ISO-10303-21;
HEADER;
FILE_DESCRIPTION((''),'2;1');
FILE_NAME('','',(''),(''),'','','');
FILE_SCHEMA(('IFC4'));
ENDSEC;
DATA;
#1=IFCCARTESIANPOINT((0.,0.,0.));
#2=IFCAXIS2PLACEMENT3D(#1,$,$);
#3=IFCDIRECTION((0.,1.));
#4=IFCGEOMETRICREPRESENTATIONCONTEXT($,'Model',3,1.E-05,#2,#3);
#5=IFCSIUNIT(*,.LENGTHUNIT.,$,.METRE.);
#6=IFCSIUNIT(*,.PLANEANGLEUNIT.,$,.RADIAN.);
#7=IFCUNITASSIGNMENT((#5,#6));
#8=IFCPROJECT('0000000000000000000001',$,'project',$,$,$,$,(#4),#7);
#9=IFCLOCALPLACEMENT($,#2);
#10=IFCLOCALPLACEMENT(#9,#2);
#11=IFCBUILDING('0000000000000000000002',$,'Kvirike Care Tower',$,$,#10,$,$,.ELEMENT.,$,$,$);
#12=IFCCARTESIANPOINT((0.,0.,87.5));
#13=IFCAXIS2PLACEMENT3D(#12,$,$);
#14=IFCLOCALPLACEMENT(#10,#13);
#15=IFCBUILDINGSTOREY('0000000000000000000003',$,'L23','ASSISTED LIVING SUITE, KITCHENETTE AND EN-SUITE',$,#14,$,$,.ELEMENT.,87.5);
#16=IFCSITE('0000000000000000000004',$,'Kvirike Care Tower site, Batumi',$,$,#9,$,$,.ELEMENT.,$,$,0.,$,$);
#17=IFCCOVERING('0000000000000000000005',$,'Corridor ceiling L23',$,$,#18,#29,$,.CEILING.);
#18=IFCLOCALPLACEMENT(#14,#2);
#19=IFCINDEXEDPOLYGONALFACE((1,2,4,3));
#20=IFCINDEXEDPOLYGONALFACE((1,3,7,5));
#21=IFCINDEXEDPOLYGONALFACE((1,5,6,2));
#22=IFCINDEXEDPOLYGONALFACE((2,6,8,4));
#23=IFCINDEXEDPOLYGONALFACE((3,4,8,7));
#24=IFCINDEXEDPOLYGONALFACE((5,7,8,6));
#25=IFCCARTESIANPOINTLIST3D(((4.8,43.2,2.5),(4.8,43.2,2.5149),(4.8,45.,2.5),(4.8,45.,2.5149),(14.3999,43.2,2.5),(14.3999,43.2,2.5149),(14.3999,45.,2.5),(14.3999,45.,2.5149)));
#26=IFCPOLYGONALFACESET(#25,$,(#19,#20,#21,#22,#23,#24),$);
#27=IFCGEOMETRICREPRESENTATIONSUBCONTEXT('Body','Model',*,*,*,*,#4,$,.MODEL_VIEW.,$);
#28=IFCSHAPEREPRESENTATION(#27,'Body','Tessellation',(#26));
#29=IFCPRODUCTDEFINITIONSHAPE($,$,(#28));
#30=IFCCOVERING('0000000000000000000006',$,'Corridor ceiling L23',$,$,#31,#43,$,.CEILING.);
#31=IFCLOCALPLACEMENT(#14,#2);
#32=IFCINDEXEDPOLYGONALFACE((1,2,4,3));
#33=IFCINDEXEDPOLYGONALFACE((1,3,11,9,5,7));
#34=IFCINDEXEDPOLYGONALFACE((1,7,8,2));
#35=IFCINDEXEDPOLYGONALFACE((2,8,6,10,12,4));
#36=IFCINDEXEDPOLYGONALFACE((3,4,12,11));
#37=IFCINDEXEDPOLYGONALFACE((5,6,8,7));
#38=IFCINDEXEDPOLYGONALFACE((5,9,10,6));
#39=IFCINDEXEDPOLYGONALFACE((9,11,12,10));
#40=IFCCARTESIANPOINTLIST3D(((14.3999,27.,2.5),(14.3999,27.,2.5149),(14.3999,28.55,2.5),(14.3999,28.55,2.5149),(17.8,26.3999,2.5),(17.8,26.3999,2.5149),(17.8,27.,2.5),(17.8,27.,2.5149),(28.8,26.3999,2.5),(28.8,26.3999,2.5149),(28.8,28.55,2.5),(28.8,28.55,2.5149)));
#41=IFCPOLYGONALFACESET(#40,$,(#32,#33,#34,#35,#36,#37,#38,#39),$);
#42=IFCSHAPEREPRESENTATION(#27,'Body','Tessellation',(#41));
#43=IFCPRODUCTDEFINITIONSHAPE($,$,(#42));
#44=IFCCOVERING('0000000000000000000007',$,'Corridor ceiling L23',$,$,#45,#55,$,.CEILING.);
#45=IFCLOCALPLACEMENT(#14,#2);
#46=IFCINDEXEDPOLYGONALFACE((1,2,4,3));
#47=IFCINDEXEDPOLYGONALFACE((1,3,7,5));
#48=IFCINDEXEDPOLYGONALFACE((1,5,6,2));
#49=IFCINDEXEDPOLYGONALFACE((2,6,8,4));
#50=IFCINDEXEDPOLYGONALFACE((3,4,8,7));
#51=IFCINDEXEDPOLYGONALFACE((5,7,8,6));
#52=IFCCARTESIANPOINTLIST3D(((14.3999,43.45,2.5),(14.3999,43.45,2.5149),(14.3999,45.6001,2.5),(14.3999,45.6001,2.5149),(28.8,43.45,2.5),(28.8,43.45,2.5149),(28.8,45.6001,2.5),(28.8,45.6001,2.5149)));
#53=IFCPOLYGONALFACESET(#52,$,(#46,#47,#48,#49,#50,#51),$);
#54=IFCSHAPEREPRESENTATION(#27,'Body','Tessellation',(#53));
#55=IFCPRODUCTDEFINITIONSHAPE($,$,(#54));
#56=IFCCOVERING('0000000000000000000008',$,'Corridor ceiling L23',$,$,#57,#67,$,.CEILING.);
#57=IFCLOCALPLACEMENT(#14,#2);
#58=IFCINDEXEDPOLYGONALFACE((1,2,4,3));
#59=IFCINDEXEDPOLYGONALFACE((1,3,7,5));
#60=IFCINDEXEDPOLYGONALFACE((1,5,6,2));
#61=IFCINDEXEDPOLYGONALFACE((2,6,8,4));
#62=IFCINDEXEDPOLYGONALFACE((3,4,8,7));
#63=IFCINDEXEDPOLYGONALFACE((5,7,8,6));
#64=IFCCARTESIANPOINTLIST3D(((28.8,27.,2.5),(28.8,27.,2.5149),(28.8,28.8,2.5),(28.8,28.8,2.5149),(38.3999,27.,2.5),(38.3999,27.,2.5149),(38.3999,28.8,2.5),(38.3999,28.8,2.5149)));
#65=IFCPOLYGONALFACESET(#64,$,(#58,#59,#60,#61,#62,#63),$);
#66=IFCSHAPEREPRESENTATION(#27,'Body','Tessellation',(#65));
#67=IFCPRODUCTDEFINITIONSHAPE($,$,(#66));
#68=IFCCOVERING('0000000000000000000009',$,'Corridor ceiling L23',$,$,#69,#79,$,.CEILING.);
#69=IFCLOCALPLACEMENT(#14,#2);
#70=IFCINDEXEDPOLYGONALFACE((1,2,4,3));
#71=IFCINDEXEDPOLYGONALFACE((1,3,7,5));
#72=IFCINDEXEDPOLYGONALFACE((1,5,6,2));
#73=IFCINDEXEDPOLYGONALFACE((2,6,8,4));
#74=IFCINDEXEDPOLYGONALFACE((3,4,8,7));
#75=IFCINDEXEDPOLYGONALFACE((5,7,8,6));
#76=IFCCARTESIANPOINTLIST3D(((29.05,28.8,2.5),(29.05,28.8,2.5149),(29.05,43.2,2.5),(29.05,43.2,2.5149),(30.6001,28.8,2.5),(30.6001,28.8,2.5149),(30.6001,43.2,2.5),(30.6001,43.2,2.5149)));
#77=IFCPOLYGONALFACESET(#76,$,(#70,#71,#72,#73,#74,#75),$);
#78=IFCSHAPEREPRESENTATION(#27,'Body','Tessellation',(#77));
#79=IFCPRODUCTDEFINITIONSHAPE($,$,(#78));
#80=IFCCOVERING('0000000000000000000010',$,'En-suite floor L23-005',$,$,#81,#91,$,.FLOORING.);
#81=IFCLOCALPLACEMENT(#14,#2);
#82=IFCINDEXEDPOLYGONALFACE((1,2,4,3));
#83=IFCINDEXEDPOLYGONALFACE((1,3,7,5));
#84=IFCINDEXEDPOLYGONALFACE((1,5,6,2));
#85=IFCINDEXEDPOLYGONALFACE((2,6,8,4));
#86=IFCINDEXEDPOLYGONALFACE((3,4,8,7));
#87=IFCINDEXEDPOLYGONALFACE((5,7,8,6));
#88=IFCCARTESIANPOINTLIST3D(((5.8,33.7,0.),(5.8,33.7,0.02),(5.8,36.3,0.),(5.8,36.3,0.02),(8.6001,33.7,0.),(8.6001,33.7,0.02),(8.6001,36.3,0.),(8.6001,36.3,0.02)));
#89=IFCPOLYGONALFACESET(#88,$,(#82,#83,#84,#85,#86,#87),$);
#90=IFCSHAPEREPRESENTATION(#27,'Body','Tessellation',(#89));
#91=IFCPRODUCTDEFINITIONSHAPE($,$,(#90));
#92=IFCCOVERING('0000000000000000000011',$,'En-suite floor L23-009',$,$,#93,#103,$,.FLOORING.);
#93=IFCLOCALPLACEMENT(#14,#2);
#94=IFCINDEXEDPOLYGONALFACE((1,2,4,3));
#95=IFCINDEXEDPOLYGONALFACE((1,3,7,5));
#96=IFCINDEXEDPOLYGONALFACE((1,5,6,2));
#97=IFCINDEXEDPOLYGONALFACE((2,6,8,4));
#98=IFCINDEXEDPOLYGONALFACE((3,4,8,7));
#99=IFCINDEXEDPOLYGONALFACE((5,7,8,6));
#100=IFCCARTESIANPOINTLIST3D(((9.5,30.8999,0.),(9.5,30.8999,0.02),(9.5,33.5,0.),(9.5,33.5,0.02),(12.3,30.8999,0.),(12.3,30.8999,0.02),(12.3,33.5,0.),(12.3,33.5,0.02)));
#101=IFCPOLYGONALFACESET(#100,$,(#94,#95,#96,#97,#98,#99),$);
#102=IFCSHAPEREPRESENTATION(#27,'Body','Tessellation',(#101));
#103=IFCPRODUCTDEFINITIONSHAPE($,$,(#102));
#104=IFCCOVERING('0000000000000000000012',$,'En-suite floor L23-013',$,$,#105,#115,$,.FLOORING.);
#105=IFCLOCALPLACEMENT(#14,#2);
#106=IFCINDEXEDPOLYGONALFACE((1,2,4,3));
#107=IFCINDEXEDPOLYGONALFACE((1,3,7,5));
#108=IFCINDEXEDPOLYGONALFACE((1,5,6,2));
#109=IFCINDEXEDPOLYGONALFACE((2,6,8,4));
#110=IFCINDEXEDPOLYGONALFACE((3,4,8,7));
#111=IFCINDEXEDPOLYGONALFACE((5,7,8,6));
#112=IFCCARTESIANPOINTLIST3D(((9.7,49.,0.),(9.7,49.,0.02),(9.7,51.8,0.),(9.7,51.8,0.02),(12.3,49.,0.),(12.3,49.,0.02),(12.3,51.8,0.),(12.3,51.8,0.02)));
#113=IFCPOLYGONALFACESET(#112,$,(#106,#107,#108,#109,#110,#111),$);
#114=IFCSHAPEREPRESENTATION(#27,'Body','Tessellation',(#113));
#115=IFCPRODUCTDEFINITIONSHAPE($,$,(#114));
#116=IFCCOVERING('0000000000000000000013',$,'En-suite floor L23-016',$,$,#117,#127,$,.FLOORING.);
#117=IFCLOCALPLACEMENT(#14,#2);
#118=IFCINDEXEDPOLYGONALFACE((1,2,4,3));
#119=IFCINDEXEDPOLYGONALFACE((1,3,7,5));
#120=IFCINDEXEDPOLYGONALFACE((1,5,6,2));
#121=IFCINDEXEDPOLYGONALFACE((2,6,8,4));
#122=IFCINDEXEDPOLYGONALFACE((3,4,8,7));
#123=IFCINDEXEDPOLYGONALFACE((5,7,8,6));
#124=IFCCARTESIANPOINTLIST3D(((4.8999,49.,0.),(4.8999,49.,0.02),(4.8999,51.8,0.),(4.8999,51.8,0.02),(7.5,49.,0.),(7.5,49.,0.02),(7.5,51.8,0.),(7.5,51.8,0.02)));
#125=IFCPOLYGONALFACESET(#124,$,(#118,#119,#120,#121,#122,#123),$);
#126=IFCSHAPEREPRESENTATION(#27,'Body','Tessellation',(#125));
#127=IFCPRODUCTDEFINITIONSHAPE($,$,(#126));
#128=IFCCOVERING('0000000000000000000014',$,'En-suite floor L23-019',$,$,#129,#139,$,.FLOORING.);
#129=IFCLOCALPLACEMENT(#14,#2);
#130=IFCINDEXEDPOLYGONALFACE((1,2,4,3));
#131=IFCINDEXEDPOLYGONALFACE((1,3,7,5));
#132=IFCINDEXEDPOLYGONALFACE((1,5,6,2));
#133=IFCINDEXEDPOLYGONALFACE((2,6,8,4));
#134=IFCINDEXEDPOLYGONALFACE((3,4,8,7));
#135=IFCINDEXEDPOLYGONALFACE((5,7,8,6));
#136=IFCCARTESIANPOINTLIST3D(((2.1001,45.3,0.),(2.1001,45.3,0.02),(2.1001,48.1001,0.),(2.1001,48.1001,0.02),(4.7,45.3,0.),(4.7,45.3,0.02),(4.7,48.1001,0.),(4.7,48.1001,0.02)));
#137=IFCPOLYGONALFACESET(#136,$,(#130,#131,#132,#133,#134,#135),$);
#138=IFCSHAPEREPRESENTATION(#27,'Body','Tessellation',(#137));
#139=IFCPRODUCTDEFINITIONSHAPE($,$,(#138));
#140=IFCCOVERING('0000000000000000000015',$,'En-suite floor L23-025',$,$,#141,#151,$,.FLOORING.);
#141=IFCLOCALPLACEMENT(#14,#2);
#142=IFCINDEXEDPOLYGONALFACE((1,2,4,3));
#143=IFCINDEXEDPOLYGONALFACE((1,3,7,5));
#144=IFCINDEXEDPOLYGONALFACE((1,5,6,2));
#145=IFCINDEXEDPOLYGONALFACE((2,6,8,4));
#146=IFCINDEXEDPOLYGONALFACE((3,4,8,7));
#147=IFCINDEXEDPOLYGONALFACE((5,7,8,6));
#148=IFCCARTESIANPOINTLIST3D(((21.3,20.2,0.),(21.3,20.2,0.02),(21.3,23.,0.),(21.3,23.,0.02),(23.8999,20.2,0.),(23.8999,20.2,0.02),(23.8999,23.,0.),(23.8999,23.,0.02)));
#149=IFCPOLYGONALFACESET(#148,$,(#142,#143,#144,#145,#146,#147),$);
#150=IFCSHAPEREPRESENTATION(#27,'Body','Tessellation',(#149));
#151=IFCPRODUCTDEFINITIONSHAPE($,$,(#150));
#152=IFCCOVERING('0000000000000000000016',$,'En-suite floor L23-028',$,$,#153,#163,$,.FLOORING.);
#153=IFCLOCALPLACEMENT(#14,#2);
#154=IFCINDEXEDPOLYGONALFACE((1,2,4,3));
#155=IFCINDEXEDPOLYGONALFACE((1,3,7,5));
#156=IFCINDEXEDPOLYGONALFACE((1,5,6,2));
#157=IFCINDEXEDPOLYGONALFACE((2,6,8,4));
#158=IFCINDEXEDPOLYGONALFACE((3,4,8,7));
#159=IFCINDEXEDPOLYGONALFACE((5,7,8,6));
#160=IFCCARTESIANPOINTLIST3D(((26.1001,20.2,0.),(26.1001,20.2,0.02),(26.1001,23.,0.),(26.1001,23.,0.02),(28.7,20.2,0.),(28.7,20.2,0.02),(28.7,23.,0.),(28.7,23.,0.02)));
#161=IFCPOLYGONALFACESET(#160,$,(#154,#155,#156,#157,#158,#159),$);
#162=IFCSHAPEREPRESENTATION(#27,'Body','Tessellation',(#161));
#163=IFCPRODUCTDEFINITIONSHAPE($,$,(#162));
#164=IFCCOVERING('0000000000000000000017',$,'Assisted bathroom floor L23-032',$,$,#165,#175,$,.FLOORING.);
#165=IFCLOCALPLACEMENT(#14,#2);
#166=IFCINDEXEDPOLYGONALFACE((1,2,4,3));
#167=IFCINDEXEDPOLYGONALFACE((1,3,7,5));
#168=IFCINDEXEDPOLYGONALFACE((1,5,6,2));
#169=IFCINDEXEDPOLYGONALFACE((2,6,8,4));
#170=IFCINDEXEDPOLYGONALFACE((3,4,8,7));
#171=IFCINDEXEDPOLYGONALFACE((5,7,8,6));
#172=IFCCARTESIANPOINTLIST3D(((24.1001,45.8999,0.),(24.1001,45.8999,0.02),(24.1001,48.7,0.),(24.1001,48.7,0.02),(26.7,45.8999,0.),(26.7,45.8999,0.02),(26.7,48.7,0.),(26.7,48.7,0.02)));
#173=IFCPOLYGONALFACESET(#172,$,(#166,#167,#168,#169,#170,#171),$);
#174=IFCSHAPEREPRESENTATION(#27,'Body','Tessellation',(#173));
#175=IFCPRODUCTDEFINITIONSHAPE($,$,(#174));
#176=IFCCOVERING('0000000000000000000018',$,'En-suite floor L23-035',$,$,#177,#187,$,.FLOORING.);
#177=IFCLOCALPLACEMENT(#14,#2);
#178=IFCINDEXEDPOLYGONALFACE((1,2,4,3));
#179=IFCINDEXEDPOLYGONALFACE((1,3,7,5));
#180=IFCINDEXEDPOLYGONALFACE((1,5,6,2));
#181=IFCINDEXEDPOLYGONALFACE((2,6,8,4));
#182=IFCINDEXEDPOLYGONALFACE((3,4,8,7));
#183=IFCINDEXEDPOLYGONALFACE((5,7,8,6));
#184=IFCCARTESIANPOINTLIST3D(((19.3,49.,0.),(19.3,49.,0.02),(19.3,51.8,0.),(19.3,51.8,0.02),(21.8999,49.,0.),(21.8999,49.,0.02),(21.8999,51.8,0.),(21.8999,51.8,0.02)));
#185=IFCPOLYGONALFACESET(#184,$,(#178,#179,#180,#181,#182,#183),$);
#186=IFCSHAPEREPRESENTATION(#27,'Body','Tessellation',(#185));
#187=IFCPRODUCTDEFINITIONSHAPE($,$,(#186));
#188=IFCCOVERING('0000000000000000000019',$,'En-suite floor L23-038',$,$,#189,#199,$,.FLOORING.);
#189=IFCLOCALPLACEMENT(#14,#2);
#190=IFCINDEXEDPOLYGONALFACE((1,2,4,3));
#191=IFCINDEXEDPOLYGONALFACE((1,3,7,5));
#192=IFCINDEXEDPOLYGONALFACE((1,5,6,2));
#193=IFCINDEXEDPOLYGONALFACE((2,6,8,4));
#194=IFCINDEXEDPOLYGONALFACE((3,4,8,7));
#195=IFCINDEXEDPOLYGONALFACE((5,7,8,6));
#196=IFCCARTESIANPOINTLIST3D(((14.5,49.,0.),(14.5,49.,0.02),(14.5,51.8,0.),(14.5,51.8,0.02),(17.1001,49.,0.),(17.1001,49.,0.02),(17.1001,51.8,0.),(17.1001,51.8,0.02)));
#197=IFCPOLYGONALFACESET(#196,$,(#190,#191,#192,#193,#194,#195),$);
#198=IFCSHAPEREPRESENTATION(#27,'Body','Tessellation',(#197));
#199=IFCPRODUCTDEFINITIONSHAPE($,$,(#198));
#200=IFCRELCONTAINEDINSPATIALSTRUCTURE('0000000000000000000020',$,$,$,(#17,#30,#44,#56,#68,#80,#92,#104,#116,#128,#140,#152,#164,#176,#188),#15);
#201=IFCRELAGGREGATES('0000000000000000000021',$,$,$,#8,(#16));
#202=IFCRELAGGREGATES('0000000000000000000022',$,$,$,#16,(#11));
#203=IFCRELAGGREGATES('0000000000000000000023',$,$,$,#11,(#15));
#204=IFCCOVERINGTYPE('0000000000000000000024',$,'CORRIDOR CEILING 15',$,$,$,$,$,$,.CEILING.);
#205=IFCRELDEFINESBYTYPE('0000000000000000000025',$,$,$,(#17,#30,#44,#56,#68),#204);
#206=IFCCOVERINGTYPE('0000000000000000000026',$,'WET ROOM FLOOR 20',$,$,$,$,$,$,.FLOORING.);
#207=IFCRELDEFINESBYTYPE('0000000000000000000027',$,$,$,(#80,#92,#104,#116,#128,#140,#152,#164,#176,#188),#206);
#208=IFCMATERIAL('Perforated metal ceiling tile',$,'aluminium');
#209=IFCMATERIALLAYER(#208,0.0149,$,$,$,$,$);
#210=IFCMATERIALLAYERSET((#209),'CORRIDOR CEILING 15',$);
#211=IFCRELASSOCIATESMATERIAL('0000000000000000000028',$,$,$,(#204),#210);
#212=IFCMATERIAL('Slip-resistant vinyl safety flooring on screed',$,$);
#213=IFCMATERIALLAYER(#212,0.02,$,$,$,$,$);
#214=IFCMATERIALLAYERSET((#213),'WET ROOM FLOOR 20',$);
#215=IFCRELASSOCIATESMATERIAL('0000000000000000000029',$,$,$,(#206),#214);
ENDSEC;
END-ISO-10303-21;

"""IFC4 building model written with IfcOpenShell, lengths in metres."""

from ifc_helpers import new_model, si_unit, direction, frame, origin, place, context, subcontext, project, spatial, polyline, outline, extrude, material, layer, layer_set, type_object, element, save


model = new_model("IFC4")

# Units and contexts
model_context = context("Model", 3, precision=1e-05, world=origin(), true_north=direction((0.0, 1.0)))
body_context = subcontext(model_context, "Body", "Model", "MODEL_VIEW")
ifc_project = project(units=[si_unit("LENGTHUNIT", "METRE"), si_unit("PLANEANGLEUNIT", "RADIAN")], contexts=[model_context])

# Site, building, storey
site_placement = place(None, origin())
site = spatial("IfcSite", under=ifc_project, at=site_placement, Name="Kvirike Care Tower site, Batumi", CompositionType="ELEMENT", RefElevation=0.0)
building_placement = place(site_placement, origin())
building = spatial("IfcBuilding", under=site, at=building_placement, Name="Kvirike Care Tower", CompositionType="ELEMENT")
storey_placement = place(building_placement, frame((0.0, 0.0, 87.5)))
storey = spatial("IfcBuildingStorey", under=building, at=storey_placement, Name="L23", Description="ASSISTED LIVING SUITE, KITCHENETTE AND EN-SUITE", CompositionType="ELEMENT", Elevation=87.5)

# Coverings
ifc_material_1 = material(Name="Perforated metal ceiling tile", Category="aluminium")
ifc_layer_1 = layer(ifc_material_1, 0.0149)
ifc_layer_set_1 = layer_set([ifc_layer_1], Name="CORRIDOR CEILING 15")
covering_type_1 = type_object("IfcCoveringType", Name="CORRIDOR CEILING 15", PredefinedType="CEILING", material=ifc_layer_set_1)
covering_1_placement = place(storey_placement, frame((0.0, 0.0, 2.5)))
element("IfcCovering", 1, at=covering_1_placement, inside=storey, type_object=covering_type_1, Name="Corridor ceiling L23", PredefinedType="CEILING", context=body_context, shape_type="SweptSolid", body=[
    extrude(outline(polyline([(14.3999, 45.0), (14.3999, 43.2), (4.8, 43.2), (4.8, 45.0), (14.3999, 45.0)])), origin(), (0.0, 0.0, 1.0), 0.0149),
])
covering_2_placement = place(storey_placement, frame((0.0, 0.0, 2.5)))
element("IfcCovering", 2, at=covering_2_placement, inside=storey, type_object=covering_type_1, Name="Corridor ceiling L23", PredefinedType="CEILING", context=body_context, shape_type="SweptSolid", body=[
    extrude(outline(polyline([(14.3999, 28.55), (28.8, 28.55), (28.8, 26.3999), (17.8, 26.3999), (17.8, 27.0), (14.3999, 27.0), (14.3999, 28.55)])), origin(), (0.0, 0.0, 1.0), 0.0149),
])
covering_3_placement = place(storey_placement, frame((0.0, 0.0, 2.5)))
element("IfcCovering", 3, at=covering_3_placement, inside=storey, type_object=covering_type_1, Name="Corridor ceiling L23", PredefinedType="CEILING", context=body_context, shape_type="SweptSolid", body=[
    extrude(outline(polyline([(28.8, 45.6001), (28.8, 43.45), (14.3999, 43.45), (14.3999, 45.6001), (28.8, 45.6001)])), origin(), (0.0, 0.0, 1.0), 0.0149),
])
covering_4_placement = place(storey_placement, frame((0.0, 0.0, 2.5)))
element("IfcCovering", 4, at=covering_4_placement, inside=storey, type_object=covering_type_1, Name="Corridor ceiling L23", PredefinedType="CEILING", context=body_context, shape_type="SweptSolid", body=[
    extrude(outline(polyline([(28.8, 27.0), (28.8, 28.8), (38.3999, 28.8), (38.3999, 27.0), (28.8, 27.0)])), origin(), (0.0, 0.0, 1.0), 0.0149),
])
covering_5_placement = place(storey_placement, frame((0.0, 0.0, 2.5)))
element("IfcCovering", 5, at=covering_5_placement, inside=storey, type_object=covering_type_1, Name="Corridor ceiling L23", PredefinedType="CEILING", context=body_context, shape_type="SweptSolid", body=[
    extrude(outline(polyline([(30.6001, 28.8), (29.05, 28.8), (29.05, 43.2), (30.6001, 43.2), (30.6001, 28.8)])), origin(), (0.0, 0.0, 1.0), 0.0149),
])
ifc_material_2 = material(Name="Slip-resistant vinyl safety flooring on screed")
ifc_layer_2 = layer(ifc_material_2, 0.02)
ifc_layer_set_2 = layer_set([ifc_layer_2], Name="WET ROOM FLOOR 20")
covering_type_2 = type_object("IfcCoveringType", Name="WET ROOM FLOOR 20", PredefinedType="FLOORING", material=ifc_layer_set_2)
covering_6_placement = place(storey_placement, origin())
element("IfcCovering", 6, at=covering_6_placement, inside=storey, type_object=covering_type_2, Name="En-suite floor L23-005", PredefinedType="FLOORING", context=body_context, shape_type="SweptSolid", body=[
    extrude(outline(polyline([(5.8, 36.3), (8.6001, 36.3), (8.6001, 33.7), (5.8, 33.7), (5.8, 36.3)])), origin(), (0.0, 0.0, 1.0), 0.02),
])
covering_7_placement = place(storey_placement, origin())
element("IfcCovering", 7, at=covering_7_placement, inside=storey, type_object=covering_type_2, Name="En-suite floor L23-009", PredefinedType="FLOORING", context=body_context, shape_type="SweptSolid", body=[
    extrude(outline(polyline([(9.5, 33.5), (12.3, 33.5), (12.3, 30.8999), (9.5, 30.8999), (9.5, 33.5)])), origin(), (0.0, 0.0, 1.0), 0.02),
])
covering_8_placement = place(storey_placement, origin())
element("IfcCovering", 8, at=covering_8_placement, inside=storey, type_object=covering_type_2, Name="En-suite floor L23-013", PredefinedType="FLOORING", context=body_context, shape_type="SweptSolid", body=[
    extrude(outline(polyline([(12.3, 51.8), (12.3, 49.0), (9.7, 49.0), (9.7, 51.8), (12.3, 51.8)])), origin(), (0.0, 0.0, 1.0), 0.02),
])
covering_9_placement = place(storey_placement, origin())
element("IfcCovering", 9, at=covering_9_placement, inside=storey, type_object=covering_type_2, Name="En-suite floor L23-016", PredefinedType="FLOORING", context=body_context, shape_type="SweptSolid", body=[
    extrude(outline(polyline([(7.5, 51.8), (7.5, 49.0), (4.8999, 49.0), (4.8999, 51.8), (7.5, 51.8)])), origin(), (0.0, 0.0, 1.0), 0.02),
])
covering_10_placement = place(storey_placement, origin())
element("IfcCovering", 10, at=covering_10_placement, inside=storey, type_object=covering_type_2, Name="En-suite floor L23-019", PredefinedType="FLOORING", context=body_context, shape_type="SweptSolid", body=[
    extrude(outline(polyline([(4.7, 48.1001), (4.7, 45.3), (2.1001, 45.3), (2.1001, 48.1001), (4.7, 48.1001)])), origin(), (0.0, 0.0, 1.0), 0.02),
])
covering_11_placement = place(storey_placement, origin())
element("IfcCovering", 11, at=covering_11_placement, inside=storey, type_object=covering_type_2, Name="En-suite floor L23-025", PredefinedType="FLOORING", context=body_context, shape_type="SweptSolid", body=[
    extrude(outline(polyline([(21.3, 20.2), (21.3, 23.0), (23.8999, 23.0), (23.8999, 20.2), (21.3, 20.2)])), origin(), (0.0, 0.0, 1.0), 0.02),
])
covering_12_placement = place(storey_placement, origin())
element("IfcCovering", 12, at=covering_12_placement, inside=storey, type_object=covering_type_2, Name="En-suite floor L23-028", PredefinedType="FLOORING", context=body_context, shape_type="SweptSolid", body=[
    extrude(outline(polyline([(26.1001, 20.2), (26.1001, 23.0), (28.7, 23.0), (28.7, 20.2), (26.1001, 20.2)])), origin(), (0.0, 0.0, 1.0), 0.02),
])
covering_13_placement = place(storey_placement, origin())
element("IfcCovering", 13, at=covering_13_placement, inside=storey, type_object=covering_type_2, Name="Assisted bathroom floor L23-032", PredefinedType="FLOORING", context=body_context, shape_type="SweptSolid", body=[
    extrude(outline(polyline([(26.7, 48.7), (26.7, 45.8999), (24.1001, 45.8999), (24.1001, 48.7), (26.7, 48.7)])), origin(), (0.0, 0.0, 1.0), 0.02),
])
covering_14_placement = place(storey_placement, origin())
element("IfcCovering", 14, at=covering_14_placement, inside=storey, type_object=covering_type_2, Name="En-suite floor L23-035", PredefinedType="FLOORING", context=body_context, shape_type="SweptSolid", body=[
    extrude(outline(polyline([(21.8999, 51.8), (21.8999, 49.0), (19.3, 49.0), (19.3, 51.8), (21.8999, 51.8)])), origin(), (0.0, 0.0, 1.0), 0.02),
])
covering_15_placement = place(storey_placement, origin())
element("IfcCovering", 15, at=covering_15_placement, inside=storey, type_object=covering_type_2, Name="En-suite floor L23-038", PredefinedType="FLOORING", context=body_context, shape_type="SweptSolid", body=[
    extrude(outline(polyline([(17.1001, 51.8), (17.1001, 49.0), (14.5, 49.0), (14.5, 51.8), (17.1001, 51.8)])), origin(), (0.0, 0.0, 1.0), 0.02),
])

save(model, "model.ifc")
